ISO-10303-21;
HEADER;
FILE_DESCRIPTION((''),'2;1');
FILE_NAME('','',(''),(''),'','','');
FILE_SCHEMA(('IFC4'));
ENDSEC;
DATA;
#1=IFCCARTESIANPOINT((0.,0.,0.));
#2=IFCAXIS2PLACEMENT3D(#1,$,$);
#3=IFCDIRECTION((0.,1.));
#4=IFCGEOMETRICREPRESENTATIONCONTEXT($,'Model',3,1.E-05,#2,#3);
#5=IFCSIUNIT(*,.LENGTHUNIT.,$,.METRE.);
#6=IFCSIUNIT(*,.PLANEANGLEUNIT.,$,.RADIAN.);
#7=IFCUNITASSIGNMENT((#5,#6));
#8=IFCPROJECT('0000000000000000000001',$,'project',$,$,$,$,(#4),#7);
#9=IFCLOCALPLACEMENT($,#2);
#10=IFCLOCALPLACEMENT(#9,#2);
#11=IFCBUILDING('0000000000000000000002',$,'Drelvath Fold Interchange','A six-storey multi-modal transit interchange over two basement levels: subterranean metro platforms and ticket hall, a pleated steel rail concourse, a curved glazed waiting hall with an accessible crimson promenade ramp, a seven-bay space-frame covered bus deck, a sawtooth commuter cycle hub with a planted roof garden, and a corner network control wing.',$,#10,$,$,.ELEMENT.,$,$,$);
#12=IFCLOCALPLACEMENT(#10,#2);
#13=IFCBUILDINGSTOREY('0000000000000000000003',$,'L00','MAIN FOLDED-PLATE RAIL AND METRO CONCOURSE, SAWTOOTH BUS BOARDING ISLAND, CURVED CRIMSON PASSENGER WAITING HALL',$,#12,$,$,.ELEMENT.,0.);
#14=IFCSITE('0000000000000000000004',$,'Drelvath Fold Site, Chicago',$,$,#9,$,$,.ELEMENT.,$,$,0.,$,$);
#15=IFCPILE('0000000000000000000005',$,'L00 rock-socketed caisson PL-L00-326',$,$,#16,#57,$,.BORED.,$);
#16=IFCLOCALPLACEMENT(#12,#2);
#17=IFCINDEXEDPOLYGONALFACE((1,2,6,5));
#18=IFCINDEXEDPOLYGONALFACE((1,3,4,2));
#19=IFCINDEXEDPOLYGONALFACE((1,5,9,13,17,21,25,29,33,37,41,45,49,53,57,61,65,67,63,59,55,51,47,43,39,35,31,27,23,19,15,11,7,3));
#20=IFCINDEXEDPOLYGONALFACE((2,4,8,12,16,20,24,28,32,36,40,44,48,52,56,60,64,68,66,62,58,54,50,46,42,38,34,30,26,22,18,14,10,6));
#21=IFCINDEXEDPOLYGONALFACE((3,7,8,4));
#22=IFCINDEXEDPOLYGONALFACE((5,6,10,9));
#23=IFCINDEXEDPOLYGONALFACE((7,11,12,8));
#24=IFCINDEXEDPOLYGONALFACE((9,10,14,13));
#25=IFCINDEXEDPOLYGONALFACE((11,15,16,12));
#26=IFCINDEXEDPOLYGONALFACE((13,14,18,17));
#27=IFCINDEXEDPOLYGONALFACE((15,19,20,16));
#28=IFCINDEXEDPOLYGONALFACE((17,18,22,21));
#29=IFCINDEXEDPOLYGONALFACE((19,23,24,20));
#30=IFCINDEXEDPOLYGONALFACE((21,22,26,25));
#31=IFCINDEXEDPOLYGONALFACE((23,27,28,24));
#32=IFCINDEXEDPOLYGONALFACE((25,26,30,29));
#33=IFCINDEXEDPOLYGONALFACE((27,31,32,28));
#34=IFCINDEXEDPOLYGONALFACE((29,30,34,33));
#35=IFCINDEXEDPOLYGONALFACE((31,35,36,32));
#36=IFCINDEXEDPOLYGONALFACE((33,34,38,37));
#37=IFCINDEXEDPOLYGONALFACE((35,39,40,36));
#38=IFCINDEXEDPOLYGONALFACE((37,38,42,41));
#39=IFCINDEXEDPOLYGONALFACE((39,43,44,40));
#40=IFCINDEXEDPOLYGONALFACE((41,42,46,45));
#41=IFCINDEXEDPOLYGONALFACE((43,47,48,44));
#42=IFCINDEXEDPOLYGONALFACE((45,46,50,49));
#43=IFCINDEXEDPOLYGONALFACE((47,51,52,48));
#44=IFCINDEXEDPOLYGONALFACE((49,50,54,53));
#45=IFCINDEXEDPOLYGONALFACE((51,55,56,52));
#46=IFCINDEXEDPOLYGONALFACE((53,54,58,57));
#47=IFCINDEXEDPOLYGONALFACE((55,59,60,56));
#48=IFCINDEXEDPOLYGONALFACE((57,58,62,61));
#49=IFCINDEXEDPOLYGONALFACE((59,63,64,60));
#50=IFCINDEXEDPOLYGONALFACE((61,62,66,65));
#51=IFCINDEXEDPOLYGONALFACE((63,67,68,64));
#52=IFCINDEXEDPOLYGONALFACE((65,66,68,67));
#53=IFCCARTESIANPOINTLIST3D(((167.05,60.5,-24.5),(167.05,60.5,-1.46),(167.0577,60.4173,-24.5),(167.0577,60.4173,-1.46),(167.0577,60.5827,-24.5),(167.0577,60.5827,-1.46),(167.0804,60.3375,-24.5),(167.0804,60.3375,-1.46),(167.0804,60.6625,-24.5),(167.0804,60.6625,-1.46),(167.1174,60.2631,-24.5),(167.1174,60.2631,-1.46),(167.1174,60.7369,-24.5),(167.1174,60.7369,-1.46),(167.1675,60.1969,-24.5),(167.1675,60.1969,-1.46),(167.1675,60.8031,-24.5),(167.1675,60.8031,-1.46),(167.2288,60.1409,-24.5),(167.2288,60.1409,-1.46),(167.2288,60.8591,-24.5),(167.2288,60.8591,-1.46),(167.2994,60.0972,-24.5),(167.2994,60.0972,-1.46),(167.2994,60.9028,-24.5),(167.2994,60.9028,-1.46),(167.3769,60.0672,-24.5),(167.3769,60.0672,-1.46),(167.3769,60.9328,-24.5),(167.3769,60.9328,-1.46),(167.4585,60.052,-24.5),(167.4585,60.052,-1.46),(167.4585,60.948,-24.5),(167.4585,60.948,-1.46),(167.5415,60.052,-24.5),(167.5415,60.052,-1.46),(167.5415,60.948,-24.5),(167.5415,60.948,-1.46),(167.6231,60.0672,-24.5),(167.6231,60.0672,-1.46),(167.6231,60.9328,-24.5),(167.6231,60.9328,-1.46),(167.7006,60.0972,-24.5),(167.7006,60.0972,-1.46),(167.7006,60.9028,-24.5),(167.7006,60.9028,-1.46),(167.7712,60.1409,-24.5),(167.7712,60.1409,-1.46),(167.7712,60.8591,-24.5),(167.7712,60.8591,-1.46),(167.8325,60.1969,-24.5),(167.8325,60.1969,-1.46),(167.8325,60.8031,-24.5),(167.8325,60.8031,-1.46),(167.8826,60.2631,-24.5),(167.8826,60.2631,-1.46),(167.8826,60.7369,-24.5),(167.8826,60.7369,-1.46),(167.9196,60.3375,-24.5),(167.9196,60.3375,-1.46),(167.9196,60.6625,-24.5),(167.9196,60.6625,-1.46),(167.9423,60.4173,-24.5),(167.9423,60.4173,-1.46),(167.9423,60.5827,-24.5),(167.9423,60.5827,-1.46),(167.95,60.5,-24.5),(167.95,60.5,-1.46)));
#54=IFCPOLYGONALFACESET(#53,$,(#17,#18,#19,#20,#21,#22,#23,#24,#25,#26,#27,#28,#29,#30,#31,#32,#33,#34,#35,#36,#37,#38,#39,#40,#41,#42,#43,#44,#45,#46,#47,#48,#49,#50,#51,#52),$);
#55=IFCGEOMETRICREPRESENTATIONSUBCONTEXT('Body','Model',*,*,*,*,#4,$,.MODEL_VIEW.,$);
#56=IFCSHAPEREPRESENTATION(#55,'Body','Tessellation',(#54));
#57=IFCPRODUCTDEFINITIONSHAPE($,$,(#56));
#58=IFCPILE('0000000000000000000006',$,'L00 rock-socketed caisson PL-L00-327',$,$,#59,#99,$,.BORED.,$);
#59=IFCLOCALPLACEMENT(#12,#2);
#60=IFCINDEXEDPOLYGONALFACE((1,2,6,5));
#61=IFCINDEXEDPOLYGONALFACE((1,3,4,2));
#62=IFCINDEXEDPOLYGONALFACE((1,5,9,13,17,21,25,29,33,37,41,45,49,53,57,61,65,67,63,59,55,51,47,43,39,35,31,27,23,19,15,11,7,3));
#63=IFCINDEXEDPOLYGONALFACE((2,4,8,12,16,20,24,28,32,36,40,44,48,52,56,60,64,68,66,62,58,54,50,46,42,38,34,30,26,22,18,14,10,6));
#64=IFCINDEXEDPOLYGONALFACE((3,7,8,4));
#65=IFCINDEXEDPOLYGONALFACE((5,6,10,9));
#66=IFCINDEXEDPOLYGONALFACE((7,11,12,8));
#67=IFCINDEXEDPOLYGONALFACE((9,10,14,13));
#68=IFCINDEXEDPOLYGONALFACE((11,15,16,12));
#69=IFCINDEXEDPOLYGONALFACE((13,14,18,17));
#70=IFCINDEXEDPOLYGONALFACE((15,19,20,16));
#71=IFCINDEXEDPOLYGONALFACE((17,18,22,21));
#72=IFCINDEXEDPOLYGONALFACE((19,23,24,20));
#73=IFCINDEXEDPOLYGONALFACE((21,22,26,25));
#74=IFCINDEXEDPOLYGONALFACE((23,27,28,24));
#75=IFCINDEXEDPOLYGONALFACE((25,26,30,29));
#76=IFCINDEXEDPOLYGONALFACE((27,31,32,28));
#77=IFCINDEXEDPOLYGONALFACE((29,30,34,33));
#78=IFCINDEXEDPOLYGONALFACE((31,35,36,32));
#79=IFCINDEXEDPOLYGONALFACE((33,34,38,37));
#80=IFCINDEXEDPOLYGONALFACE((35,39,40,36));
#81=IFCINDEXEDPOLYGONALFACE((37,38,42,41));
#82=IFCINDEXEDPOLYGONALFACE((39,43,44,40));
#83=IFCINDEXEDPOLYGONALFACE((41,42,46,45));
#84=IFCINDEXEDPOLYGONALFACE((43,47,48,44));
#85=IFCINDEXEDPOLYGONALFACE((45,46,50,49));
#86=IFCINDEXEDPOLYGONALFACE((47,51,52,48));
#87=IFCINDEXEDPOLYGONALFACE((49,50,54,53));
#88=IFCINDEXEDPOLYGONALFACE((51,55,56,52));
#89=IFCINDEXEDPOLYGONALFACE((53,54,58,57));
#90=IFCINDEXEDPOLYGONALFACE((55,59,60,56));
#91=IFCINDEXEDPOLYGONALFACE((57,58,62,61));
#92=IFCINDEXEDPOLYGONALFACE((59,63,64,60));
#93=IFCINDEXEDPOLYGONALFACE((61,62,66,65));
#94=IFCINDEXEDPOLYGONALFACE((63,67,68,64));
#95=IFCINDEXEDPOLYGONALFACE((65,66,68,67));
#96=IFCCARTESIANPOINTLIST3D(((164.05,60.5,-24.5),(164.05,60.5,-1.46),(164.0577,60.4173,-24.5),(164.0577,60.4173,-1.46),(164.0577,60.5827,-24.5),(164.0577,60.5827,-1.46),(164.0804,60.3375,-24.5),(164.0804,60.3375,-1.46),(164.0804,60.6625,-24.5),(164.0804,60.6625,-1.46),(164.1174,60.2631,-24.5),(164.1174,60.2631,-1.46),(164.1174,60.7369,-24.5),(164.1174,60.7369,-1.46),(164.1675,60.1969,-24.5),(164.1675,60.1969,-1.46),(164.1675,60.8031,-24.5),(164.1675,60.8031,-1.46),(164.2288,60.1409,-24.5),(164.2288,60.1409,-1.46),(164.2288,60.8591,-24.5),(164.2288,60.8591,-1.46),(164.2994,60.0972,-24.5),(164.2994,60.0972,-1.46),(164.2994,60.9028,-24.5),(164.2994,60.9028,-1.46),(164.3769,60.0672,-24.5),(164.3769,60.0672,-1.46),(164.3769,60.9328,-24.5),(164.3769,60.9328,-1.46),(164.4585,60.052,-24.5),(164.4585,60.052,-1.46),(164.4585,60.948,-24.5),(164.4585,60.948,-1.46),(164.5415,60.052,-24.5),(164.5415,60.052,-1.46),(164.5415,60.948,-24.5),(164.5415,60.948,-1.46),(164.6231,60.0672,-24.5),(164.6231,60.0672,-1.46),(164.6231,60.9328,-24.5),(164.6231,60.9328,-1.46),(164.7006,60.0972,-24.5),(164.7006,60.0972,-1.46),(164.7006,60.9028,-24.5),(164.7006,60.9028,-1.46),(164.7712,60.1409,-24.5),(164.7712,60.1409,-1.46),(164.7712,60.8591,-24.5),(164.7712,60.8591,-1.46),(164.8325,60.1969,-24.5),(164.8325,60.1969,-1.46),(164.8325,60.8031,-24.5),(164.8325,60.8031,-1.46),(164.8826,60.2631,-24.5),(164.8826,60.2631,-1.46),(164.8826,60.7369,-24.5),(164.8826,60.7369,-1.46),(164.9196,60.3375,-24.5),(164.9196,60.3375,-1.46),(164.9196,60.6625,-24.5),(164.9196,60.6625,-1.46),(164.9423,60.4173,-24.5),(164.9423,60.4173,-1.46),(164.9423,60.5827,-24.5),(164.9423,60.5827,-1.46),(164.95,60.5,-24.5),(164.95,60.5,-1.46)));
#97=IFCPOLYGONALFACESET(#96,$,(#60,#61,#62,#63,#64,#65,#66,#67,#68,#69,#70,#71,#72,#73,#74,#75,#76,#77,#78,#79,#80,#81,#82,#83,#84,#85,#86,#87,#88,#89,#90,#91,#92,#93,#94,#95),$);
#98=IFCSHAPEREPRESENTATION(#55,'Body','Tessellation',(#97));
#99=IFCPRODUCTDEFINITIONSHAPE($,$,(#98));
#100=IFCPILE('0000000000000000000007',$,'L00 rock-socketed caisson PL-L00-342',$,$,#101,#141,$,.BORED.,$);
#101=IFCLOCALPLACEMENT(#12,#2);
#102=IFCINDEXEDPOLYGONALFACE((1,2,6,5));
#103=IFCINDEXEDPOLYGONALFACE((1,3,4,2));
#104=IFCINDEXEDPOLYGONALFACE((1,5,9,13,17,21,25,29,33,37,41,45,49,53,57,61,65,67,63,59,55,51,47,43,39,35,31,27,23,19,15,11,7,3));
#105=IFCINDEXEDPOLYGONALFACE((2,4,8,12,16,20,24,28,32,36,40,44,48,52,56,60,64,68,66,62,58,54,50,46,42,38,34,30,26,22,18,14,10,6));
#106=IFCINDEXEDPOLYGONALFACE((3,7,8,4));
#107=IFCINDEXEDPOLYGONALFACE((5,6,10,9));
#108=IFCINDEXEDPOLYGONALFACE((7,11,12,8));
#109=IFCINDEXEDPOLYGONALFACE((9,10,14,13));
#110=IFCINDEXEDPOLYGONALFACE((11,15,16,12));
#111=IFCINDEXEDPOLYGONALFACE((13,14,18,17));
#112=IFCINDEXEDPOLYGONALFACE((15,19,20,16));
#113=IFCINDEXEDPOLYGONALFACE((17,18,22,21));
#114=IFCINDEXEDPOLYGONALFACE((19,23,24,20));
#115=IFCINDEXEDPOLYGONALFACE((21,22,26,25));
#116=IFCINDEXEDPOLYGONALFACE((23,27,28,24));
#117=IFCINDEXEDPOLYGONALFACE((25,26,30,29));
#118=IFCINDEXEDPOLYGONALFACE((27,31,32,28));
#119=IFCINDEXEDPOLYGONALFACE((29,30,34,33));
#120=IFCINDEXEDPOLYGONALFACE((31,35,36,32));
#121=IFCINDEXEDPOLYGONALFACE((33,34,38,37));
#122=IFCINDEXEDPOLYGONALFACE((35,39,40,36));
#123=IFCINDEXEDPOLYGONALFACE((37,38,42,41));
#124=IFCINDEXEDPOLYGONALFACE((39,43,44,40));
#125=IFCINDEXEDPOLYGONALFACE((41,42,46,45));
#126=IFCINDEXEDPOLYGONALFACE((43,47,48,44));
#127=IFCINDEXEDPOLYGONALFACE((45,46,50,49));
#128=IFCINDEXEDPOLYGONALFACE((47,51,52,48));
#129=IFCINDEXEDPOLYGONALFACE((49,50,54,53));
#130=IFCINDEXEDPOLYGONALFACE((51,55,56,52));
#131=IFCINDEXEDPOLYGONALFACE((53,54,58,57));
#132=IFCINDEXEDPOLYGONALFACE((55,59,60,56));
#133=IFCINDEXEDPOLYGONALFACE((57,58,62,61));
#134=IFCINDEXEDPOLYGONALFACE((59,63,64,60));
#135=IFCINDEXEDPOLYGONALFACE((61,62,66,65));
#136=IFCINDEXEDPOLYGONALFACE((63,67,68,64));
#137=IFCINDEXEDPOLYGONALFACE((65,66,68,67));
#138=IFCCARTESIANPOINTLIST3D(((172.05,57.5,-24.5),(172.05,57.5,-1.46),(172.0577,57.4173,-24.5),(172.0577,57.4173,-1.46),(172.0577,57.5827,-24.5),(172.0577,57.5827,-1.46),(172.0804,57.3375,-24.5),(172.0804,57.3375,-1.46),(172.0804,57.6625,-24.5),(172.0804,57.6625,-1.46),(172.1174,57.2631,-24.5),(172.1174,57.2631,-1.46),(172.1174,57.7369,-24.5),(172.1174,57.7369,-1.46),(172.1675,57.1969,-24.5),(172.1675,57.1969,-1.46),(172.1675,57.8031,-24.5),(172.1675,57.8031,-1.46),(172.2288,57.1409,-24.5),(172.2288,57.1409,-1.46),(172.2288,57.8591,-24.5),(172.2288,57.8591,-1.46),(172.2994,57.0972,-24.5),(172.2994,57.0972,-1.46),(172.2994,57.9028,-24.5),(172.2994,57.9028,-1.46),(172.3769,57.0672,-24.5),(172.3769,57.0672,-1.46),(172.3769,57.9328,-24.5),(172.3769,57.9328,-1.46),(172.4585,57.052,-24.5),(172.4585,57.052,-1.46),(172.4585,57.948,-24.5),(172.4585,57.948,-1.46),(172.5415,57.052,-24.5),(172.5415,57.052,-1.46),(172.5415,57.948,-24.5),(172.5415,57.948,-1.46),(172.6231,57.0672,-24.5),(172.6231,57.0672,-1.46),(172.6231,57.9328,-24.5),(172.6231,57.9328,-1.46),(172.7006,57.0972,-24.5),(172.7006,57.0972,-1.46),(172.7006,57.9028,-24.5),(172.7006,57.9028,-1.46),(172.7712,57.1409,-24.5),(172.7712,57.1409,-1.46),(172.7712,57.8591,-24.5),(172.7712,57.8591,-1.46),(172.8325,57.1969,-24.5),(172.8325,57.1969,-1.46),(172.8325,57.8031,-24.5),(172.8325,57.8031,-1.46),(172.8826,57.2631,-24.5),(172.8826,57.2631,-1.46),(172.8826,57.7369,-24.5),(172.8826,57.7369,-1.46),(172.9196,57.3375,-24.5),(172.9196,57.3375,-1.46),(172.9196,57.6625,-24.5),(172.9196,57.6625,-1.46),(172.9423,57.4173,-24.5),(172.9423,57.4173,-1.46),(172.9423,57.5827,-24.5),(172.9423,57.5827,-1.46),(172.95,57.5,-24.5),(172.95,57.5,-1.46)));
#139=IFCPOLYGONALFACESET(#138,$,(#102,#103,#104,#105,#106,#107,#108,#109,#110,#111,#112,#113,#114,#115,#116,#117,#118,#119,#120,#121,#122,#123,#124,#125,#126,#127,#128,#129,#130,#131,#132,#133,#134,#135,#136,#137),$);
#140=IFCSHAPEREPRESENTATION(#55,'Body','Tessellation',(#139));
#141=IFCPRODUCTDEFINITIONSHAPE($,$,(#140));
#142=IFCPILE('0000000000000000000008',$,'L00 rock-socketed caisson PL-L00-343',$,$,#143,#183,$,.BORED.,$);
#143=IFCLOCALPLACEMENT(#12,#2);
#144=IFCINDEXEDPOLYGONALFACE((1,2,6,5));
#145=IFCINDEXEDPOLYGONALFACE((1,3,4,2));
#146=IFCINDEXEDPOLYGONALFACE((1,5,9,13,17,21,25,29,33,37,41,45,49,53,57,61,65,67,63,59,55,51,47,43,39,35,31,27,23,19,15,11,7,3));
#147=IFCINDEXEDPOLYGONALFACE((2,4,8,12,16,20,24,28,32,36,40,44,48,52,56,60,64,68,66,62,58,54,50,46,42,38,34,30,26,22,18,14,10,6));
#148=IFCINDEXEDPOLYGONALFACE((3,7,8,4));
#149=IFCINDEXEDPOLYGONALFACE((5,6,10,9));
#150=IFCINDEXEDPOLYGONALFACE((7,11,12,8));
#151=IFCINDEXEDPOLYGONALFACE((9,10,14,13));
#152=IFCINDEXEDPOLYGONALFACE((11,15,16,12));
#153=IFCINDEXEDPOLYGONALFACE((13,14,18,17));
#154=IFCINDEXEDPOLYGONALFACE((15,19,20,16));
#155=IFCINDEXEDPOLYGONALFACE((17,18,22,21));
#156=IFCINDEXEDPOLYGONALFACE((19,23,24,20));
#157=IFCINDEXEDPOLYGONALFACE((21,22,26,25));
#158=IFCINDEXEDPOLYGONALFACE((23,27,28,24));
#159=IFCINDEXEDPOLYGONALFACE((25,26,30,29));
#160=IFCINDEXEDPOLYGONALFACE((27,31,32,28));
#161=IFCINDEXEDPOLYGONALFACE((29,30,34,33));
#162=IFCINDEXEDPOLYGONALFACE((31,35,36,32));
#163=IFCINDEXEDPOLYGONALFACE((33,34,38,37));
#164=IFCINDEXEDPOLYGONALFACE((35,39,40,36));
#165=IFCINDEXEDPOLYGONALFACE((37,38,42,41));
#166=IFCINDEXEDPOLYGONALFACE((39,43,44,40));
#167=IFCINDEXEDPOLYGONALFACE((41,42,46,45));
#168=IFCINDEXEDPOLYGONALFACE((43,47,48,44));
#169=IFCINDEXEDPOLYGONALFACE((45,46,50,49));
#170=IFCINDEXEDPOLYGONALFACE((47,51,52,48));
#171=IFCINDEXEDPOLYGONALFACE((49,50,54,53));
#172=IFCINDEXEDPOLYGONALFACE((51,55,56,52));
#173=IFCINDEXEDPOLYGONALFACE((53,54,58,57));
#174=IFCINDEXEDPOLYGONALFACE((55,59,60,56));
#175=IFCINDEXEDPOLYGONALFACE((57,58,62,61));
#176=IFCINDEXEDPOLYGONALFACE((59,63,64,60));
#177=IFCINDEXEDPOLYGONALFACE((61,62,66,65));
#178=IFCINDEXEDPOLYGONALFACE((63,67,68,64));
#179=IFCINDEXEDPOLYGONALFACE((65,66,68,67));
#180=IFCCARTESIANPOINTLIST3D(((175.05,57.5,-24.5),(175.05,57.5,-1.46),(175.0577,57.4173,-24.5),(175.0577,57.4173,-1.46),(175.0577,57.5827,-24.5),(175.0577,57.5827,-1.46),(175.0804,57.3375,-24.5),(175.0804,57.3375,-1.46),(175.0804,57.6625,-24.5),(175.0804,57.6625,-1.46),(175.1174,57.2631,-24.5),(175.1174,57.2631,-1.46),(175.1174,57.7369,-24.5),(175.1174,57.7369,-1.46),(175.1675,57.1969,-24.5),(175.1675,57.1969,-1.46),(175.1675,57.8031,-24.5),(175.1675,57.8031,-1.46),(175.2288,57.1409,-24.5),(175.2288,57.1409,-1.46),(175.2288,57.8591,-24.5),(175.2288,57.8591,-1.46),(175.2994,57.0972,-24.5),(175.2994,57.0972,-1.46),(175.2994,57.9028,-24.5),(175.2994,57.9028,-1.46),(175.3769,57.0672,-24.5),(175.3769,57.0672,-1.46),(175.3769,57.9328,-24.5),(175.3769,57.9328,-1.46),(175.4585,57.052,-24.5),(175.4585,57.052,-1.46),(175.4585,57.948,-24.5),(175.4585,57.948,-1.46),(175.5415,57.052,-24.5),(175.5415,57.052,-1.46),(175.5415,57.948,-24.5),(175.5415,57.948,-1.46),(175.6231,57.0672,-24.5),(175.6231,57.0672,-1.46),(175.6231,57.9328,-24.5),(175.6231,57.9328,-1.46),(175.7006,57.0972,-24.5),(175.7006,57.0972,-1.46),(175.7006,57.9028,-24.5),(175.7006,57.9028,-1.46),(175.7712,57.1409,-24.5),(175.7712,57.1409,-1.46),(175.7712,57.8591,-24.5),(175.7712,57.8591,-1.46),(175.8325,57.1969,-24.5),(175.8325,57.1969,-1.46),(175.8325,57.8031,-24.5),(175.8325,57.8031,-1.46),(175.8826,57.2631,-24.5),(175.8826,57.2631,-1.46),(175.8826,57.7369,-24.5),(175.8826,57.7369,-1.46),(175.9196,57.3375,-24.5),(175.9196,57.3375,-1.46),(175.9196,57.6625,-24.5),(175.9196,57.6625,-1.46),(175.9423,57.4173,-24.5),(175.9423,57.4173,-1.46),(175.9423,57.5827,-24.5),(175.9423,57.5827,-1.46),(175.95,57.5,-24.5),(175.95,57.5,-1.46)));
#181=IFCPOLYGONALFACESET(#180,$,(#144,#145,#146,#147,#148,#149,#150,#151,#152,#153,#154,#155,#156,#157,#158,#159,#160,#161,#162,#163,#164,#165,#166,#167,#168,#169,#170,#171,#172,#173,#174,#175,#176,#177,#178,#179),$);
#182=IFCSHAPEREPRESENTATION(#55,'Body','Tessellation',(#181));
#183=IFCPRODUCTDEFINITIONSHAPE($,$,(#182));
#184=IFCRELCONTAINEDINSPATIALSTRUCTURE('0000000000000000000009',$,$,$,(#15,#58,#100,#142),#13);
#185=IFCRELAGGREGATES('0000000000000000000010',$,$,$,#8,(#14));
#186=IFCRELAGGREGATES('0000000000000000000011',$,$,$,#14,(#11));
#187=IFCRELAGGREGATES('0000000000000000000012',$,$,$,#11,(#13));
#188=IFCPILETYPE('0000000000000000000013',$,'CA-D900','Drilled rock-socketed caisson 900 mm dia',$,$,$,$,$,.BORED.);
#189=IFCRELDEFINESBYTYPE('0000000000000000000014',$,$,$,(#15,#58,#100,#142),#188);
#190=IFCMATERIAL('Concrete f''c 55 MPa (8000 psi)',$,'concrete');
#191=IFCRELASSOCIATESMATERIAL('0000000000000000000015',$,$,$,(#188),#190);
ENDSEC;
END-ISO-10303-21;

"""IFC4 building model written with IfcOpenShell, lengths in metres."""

from ifc_helpers import new_model, si_unit, direction, frame, origin, origin_2d, place, context, subcontext, project, spatial, circle, extrude, material, material_profile, profile_set, type_object, element, save


model = new_model("IFC4")

# Units and contexts
model_context = context("Model", 3, precision=1e-05, world=origin(), true_north=direction((0.0, 1.0)))
body_context = subcontext(model_context, "Body", "Model", "MODEL_VIEW")
ifc_project = project(units=[si_unit("LENGTHUNIT", "METRE"), si_unit("PLANEANGLEUNIT", "RADIAN")], contexts=[model_context])

# Site, building, storey
site_placement = place(None, origin())
site = spatial("IfcSite", under=ifc_project, at=site_placement, Name="Drelvath Fold Site, Chicago", CompositionType="ELEMENT", RefElevation=0.0)
building_placement = place(site_placement, origin())
building = spatial("IfcBuilding", under=site, at=building_placement, Name="Drelvath Fold Interchange", Description="A six-storey multi-modal transit interchange over two basement levels: subterranean metro platforms and ticket hall, a pleated steel rail concourse, a curved glazed waiting hall with an accessible crimson promenade ramp, a seven-bay space-frame covered bus deck, a sawtooth commuter cycle hub with a planted roof garden, and a corner network control wing.", CompositionType="ELEMENT")
storey_placement = place(building_placement, origin())
storey = spatial("IfcBuildingStorey", under=building, at=storey_placement, Name="L00", Description="MAIN FOLDED-PLATE RAIL AND METRO CONCOURSE, SAWTOOTH BUS BOARDING ISLAND, CURVED CRIMSON PASSENGER WAITING HALL", CompositionType="ELEMENT", Elevation=0.0)

# Piles
ifc_material_1 = material(Name="Concrete f'c 55 MPa (8000 psi)", Category="concrete")
ifc_material_profile_1 = material_profile(ifc_material_1, circle(Radius=0.45, at=origin_2d()), Name="CAISSON D900")
ifc_profile_set_1 = profile_set([ifc_material_profile_1], Name="Concrete f'c 55 MPa (8000 psi)")
pile_type_1 = type_object("IfcPileType", Name="CA-D900", Description="Drilled rock-socketed caisson 900 mm dia", PredefinedType="BORED", material=ifc_profile_set_1)
for number, where, z_axis, x_axis, name in (
    (1, (167.5, 60.5, -1.46), (0.0, 0.0, -1.0), (1.0, 0.0, 0.0), "L00 rock-socketed caisson PL-L00-326"),
    (2, (164.5, 60.5, -1.46), (0.0, 0.0, -1.0), (1.0, 0.0, 0.0), "L00 rock-socketed caisson PL-L00-327"),
    (3, (172.5, 57.5, -1.46), (0.0, 0.0, -1.0), (1.0, 0.0, 0.0), "L00 rock-socketed caisson PL-L00-342"),
    (4, (175.5, 57.5, -1.46), (0.0, 0.0, -1.0), (1.0, 0.0, 0.0), "L00 rock-socketed caisson PL-L00-343"),
):
    element("IfcPile", number, at=place(storey_placement, frame(where, z_axis=z_axis, x_axis=x_axis)), inside=storey, type_object=pile_type_1, Name=name, PredefinedType="BORED", context=body_context, shape_type="SweptSolid", body=[
        extrude(circle(Radius=0.45, at=origin_2d()), origin(), (0.0, 0.0, 1.0), 23.04),
    ])

save(model, "model.ifc")
